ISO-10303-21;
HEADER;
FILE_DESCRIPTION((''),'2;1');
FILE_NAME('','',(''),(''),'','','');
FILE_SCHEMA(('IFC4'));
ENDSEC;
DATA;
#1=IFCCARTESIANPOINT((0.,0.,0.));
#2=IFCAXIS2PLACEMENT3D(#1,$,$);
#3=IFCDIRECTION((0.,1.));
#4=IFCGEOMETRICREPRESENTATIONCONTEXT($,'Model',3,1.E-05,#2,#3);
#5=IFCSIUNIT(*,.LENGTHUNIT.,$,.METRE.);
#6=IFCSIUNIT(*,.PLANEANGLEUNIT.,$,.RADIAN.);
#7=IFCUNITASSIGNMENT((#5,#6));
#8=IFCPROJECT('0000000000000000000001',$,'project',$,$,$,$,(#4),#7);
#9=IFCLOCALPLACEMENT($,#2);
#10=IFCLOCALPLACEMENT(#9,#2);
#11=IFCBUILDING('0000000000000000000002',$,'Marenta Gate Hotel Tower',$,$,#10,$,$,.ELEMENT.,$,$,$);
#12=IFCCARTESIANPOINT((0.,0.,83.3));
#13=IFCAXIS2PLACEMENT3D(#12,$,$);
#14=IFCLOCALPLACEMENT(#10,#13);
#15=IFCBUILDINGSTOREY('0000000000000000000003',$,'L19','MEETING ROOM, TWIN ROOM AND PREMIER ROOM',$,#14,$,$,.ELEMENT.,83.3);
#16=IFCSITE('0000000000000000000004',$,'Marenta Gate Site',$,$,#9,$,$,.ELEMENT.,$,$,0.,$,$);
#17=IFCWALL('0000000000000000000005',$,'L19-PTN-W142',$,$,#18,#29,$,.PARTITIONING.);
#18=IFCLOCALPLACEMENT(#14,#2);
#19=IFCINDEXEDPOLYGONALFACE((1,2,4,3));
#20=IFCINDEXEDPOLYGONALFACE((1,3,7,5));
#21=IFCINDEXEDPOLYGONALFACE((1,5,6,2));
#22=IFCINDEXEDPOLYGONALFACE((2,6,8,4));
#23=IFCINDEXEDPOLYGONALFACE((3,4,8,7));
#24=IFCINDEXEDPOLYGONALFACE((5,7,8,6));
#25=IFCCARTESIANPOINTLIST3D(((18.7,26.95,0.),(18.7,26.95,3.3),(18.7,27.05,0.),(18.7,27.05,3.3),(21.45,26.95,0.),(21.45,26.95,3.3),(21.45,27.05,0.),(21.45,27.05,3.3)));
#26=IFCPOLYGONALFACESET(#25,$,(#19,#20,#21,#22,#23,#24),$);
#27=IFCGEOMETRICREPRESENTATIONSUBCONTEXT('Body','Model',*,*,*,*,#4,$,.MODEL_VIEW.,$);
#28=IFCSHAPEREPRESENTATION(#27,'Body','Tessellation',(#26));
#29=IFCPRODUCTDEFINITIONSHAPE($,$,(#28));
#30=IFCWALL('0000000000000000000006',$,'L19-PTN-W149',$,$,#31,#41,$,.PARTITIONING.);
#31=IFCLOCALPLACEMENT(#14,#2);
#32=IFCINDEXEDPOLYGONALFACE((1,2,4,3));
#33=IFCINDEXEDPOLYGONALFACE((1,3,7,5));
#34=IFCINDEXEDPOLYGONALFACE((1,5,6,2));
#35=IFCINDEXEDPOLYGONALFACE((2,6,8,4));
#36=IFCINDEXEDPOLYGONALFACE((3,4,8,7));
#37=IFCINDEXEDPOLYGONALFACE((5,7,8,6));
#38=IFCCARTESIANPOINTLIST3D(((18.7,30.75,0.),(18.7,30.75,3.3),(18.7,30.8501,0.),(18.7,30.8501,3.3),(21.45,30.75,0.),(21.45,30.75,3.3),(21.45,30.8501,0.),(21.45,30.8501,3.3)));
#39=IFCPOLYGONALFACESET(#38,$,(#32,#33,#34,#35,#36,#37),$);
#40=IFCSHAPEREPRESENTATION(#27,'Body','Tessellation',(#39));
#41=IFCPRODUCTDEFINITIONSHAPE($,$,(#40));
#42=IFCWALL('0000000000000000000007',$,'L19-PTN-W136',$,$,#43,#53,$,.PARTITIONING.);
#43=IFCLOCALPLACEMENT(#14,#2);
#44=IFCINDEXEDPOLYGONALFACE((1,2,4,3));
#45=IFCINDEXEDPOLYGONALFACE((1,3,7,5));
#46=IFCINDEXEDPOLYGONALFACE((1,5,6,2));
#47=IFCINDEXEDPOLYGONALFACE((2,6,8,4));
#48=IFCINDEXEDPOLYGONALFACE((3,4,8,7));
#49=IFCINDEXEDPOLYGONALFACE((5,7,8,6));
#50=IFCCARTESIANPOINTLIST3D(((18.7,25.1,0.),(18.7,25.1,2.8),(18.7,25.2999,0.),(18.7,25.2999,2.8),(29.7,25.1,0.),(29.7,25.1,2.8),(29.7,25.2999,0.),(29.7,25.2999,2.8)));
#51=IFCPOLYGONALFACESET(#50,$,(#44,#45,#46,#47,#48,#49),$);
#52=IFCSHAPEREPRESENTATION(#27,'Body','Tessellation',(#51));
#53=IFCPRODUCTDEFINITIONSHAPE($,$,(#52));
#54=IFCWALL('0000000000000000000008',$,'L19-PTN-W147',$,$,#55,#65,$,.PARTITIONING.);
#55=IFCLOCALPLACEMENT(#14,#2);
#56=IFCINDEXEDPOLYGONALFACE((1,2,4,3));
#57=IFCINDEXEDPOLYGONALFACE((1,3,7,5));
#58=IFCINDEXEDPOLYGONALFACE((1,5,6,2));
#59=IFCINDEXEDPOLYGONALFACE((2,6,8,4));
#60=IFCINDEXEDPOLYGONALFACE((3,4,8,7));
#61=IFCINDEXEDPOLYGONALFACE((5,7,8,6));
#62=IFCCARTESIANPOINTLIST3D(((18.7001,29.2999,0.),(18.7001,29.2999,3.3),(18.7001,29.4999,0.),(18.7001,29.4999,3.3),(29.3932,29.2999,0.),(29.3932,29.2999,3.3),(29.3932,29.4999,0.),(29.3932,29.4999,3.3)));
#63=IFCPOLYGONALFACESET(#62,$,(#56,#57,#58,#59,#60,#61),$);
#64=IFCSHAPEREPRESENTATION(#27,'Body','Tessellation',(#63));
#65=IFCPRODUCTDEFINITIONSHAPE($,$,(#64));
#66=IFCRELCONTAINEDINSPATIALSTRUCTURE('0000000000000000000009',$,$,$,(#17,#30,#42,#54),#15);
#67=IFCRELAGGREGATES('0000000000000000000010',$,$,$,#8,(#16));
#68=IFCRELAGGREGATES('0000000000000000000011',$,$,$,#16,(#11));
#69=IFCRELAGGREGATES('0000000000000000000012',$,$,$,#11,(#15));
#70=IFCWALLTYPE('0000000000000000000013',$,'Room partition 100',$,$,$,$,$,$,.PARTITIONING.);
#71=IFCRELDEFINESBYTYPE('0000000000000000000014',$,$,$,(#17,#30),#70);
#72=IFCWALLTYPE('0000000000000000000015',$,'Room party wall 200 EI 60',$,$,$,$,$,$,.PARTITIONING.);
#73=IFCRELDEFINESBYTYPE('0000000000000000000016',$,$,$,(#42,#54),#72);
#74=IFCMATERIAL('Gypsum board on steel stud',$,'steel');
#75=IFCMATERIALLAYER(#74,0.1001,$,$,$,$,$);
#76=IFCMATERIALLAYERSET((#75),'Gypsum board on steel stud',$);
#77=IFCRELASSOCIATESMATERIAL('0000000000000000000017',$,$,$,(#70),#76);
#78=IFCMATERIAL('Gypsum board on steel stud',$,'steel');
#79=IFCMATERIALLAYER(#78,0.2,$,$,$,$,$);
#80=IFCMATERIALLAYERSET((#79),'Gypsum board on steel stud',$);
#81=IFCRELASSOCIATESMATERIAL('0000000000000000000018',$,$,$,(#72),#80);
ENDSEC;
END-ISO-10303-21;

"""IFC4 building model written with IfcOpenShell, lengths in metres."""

from ifc_helpers import new_model, si_unit, direction, frame, frame_2d, origin, place, context, subcontext, project, spatial, rectangle, extrude, material, layer, layer_set, type_object, element, save


model = new_model("IFC4")

# Units and contexts
model_context = context("Model", 3, precision=1e-05, world=origin(), true_north=direction((0.0, 1.0)))
body_context = subcontext(model_context, "Body", "Model", "MODEL_VIEW")
ifc_project = project(units=[si_unit("LENGTHUNIT", "METRE"), si_unit("PLANEANGLEUNIT", "RADIAN")], contexts=[model_context])

# Site, building, storey
site_placement = place(None, origin())
site = spatial("IfcSite", under=ifc_project, at=site_placement, Name="Marenta Gate Site", CompositionType="ELEMENT", RefElevation=0.0)
building_placement = place(site_placement, origin())
building = spatial("IfcBuilding", under=site, at=building_placement, Name="Marenta Gate Hotel Tower", CompositionType="ELEMENT")
storey_placement = place(building_placement, frame((0.0, 0.0, 83.3)))
storey = spatial("IfcBuildingStorey", under=building, at=storey_placement, Name="L19", Description="MEETING ROOM, TWIN ROOM AND PREMIER ROOM", CompositionType="ELEMENT", Elevation=83.3)

# Shared definitions
ifc_material_1 = material(Name="Gypsum board on steel stud", Category="steel")
ifc_layer_1 = layer(ifc_material_1, 0.1001)
ifc_layer_set_1 = layer_set([ifc_layer_1], Name="Gypsum board on steel stud")
wall_type_1 = type_object("IfcWallType", Name="Room partition 100", PredefinedType="PARTITIONING", material=ifc_layer_set_1)

# Walls
for number, where, z_axis, x_axis, name in (
    (1, (18.7, 27.0, 0.0), (0.0, 0.0, 1.0), (1.0, 0.0, 0.0), "L19-PTN-W142"),
    (2, (18.7, 30.8, 0.0), (0.0, 0.0, 1.0), (1.0, 0.0, 0.0), "L19-PTN-W149"),
):
    element("IfcWall", number, at=place(storey_placement, frame(where, z_axis=z_axis, x_axis=x_axis)), inside=storey, type_object=wall_type_1, Name=name, PredefinedType="PARTITIONING", context=body_context, shape_type="SweptSolid", body=[
        extrude(rectangle(XDim=2.75, YDim=0.1001, at=frame_2d((1.375, 0.0))), origin(), (0.0, 0.0, 1.0), 3.3),
    ])
ifc_material_2 = material(Name="Gypsum board on steel stud", Category="steel")
ifc_layer_2 = layer(ifc_material_2, 0.2)
ifc_layer_set_2 = layer_set([ifc_layer_2], Name="Gypsum board on steel stud")
wall_type_2 = type_object("IfcWallType", Name="Room party wall 200 EI 60", PredefinedType="PARTITIONING", material=ifc_layer_set_2)
wall_1_placement = place(storey_placement, frame((18.7, 25.2, 0.0), z_axis=(0.0, 0.0, 1.0), x_axis=(1.0, 0.0, 0.0)))
element("IfcWall", 3, at=wall_1_placement, inside=storey, type_object=wall_type_2, Name="L19-PTN-W136", PredefinedType="PARTITIONING", context=body_context, shape_type="SweptSolid", body=[
    extrude(rectangle(XDim=11.0, YDim=0.2, at=frame_2d((5.5, 0.0))), origin(), (0.0, 0.0, 1.0), 2.8),
])
wall_2_placement = place(storey_placement, frame((18.7, 29.3999, 0.0), z_axis=(0.0, 0.0, 1.0), x_axis=(1.0, 0.0, 0.0)))
element("IfcWall", 4, at=wall_2_placement, inside=storey, type_object=wall_type_2, Name="L19-PTN-W147", PredefinedType="PARTITIONING", context=body_context, shape_type="SweptSolid", body=[
    extrude(rectangle(XDim=10.6931, YDim=0.2, at=frame_2d((5.3467, 0.0))), origin(), (0.0, 0.0, 1.0), 3.3),
])

save(model, "model.ifc")
